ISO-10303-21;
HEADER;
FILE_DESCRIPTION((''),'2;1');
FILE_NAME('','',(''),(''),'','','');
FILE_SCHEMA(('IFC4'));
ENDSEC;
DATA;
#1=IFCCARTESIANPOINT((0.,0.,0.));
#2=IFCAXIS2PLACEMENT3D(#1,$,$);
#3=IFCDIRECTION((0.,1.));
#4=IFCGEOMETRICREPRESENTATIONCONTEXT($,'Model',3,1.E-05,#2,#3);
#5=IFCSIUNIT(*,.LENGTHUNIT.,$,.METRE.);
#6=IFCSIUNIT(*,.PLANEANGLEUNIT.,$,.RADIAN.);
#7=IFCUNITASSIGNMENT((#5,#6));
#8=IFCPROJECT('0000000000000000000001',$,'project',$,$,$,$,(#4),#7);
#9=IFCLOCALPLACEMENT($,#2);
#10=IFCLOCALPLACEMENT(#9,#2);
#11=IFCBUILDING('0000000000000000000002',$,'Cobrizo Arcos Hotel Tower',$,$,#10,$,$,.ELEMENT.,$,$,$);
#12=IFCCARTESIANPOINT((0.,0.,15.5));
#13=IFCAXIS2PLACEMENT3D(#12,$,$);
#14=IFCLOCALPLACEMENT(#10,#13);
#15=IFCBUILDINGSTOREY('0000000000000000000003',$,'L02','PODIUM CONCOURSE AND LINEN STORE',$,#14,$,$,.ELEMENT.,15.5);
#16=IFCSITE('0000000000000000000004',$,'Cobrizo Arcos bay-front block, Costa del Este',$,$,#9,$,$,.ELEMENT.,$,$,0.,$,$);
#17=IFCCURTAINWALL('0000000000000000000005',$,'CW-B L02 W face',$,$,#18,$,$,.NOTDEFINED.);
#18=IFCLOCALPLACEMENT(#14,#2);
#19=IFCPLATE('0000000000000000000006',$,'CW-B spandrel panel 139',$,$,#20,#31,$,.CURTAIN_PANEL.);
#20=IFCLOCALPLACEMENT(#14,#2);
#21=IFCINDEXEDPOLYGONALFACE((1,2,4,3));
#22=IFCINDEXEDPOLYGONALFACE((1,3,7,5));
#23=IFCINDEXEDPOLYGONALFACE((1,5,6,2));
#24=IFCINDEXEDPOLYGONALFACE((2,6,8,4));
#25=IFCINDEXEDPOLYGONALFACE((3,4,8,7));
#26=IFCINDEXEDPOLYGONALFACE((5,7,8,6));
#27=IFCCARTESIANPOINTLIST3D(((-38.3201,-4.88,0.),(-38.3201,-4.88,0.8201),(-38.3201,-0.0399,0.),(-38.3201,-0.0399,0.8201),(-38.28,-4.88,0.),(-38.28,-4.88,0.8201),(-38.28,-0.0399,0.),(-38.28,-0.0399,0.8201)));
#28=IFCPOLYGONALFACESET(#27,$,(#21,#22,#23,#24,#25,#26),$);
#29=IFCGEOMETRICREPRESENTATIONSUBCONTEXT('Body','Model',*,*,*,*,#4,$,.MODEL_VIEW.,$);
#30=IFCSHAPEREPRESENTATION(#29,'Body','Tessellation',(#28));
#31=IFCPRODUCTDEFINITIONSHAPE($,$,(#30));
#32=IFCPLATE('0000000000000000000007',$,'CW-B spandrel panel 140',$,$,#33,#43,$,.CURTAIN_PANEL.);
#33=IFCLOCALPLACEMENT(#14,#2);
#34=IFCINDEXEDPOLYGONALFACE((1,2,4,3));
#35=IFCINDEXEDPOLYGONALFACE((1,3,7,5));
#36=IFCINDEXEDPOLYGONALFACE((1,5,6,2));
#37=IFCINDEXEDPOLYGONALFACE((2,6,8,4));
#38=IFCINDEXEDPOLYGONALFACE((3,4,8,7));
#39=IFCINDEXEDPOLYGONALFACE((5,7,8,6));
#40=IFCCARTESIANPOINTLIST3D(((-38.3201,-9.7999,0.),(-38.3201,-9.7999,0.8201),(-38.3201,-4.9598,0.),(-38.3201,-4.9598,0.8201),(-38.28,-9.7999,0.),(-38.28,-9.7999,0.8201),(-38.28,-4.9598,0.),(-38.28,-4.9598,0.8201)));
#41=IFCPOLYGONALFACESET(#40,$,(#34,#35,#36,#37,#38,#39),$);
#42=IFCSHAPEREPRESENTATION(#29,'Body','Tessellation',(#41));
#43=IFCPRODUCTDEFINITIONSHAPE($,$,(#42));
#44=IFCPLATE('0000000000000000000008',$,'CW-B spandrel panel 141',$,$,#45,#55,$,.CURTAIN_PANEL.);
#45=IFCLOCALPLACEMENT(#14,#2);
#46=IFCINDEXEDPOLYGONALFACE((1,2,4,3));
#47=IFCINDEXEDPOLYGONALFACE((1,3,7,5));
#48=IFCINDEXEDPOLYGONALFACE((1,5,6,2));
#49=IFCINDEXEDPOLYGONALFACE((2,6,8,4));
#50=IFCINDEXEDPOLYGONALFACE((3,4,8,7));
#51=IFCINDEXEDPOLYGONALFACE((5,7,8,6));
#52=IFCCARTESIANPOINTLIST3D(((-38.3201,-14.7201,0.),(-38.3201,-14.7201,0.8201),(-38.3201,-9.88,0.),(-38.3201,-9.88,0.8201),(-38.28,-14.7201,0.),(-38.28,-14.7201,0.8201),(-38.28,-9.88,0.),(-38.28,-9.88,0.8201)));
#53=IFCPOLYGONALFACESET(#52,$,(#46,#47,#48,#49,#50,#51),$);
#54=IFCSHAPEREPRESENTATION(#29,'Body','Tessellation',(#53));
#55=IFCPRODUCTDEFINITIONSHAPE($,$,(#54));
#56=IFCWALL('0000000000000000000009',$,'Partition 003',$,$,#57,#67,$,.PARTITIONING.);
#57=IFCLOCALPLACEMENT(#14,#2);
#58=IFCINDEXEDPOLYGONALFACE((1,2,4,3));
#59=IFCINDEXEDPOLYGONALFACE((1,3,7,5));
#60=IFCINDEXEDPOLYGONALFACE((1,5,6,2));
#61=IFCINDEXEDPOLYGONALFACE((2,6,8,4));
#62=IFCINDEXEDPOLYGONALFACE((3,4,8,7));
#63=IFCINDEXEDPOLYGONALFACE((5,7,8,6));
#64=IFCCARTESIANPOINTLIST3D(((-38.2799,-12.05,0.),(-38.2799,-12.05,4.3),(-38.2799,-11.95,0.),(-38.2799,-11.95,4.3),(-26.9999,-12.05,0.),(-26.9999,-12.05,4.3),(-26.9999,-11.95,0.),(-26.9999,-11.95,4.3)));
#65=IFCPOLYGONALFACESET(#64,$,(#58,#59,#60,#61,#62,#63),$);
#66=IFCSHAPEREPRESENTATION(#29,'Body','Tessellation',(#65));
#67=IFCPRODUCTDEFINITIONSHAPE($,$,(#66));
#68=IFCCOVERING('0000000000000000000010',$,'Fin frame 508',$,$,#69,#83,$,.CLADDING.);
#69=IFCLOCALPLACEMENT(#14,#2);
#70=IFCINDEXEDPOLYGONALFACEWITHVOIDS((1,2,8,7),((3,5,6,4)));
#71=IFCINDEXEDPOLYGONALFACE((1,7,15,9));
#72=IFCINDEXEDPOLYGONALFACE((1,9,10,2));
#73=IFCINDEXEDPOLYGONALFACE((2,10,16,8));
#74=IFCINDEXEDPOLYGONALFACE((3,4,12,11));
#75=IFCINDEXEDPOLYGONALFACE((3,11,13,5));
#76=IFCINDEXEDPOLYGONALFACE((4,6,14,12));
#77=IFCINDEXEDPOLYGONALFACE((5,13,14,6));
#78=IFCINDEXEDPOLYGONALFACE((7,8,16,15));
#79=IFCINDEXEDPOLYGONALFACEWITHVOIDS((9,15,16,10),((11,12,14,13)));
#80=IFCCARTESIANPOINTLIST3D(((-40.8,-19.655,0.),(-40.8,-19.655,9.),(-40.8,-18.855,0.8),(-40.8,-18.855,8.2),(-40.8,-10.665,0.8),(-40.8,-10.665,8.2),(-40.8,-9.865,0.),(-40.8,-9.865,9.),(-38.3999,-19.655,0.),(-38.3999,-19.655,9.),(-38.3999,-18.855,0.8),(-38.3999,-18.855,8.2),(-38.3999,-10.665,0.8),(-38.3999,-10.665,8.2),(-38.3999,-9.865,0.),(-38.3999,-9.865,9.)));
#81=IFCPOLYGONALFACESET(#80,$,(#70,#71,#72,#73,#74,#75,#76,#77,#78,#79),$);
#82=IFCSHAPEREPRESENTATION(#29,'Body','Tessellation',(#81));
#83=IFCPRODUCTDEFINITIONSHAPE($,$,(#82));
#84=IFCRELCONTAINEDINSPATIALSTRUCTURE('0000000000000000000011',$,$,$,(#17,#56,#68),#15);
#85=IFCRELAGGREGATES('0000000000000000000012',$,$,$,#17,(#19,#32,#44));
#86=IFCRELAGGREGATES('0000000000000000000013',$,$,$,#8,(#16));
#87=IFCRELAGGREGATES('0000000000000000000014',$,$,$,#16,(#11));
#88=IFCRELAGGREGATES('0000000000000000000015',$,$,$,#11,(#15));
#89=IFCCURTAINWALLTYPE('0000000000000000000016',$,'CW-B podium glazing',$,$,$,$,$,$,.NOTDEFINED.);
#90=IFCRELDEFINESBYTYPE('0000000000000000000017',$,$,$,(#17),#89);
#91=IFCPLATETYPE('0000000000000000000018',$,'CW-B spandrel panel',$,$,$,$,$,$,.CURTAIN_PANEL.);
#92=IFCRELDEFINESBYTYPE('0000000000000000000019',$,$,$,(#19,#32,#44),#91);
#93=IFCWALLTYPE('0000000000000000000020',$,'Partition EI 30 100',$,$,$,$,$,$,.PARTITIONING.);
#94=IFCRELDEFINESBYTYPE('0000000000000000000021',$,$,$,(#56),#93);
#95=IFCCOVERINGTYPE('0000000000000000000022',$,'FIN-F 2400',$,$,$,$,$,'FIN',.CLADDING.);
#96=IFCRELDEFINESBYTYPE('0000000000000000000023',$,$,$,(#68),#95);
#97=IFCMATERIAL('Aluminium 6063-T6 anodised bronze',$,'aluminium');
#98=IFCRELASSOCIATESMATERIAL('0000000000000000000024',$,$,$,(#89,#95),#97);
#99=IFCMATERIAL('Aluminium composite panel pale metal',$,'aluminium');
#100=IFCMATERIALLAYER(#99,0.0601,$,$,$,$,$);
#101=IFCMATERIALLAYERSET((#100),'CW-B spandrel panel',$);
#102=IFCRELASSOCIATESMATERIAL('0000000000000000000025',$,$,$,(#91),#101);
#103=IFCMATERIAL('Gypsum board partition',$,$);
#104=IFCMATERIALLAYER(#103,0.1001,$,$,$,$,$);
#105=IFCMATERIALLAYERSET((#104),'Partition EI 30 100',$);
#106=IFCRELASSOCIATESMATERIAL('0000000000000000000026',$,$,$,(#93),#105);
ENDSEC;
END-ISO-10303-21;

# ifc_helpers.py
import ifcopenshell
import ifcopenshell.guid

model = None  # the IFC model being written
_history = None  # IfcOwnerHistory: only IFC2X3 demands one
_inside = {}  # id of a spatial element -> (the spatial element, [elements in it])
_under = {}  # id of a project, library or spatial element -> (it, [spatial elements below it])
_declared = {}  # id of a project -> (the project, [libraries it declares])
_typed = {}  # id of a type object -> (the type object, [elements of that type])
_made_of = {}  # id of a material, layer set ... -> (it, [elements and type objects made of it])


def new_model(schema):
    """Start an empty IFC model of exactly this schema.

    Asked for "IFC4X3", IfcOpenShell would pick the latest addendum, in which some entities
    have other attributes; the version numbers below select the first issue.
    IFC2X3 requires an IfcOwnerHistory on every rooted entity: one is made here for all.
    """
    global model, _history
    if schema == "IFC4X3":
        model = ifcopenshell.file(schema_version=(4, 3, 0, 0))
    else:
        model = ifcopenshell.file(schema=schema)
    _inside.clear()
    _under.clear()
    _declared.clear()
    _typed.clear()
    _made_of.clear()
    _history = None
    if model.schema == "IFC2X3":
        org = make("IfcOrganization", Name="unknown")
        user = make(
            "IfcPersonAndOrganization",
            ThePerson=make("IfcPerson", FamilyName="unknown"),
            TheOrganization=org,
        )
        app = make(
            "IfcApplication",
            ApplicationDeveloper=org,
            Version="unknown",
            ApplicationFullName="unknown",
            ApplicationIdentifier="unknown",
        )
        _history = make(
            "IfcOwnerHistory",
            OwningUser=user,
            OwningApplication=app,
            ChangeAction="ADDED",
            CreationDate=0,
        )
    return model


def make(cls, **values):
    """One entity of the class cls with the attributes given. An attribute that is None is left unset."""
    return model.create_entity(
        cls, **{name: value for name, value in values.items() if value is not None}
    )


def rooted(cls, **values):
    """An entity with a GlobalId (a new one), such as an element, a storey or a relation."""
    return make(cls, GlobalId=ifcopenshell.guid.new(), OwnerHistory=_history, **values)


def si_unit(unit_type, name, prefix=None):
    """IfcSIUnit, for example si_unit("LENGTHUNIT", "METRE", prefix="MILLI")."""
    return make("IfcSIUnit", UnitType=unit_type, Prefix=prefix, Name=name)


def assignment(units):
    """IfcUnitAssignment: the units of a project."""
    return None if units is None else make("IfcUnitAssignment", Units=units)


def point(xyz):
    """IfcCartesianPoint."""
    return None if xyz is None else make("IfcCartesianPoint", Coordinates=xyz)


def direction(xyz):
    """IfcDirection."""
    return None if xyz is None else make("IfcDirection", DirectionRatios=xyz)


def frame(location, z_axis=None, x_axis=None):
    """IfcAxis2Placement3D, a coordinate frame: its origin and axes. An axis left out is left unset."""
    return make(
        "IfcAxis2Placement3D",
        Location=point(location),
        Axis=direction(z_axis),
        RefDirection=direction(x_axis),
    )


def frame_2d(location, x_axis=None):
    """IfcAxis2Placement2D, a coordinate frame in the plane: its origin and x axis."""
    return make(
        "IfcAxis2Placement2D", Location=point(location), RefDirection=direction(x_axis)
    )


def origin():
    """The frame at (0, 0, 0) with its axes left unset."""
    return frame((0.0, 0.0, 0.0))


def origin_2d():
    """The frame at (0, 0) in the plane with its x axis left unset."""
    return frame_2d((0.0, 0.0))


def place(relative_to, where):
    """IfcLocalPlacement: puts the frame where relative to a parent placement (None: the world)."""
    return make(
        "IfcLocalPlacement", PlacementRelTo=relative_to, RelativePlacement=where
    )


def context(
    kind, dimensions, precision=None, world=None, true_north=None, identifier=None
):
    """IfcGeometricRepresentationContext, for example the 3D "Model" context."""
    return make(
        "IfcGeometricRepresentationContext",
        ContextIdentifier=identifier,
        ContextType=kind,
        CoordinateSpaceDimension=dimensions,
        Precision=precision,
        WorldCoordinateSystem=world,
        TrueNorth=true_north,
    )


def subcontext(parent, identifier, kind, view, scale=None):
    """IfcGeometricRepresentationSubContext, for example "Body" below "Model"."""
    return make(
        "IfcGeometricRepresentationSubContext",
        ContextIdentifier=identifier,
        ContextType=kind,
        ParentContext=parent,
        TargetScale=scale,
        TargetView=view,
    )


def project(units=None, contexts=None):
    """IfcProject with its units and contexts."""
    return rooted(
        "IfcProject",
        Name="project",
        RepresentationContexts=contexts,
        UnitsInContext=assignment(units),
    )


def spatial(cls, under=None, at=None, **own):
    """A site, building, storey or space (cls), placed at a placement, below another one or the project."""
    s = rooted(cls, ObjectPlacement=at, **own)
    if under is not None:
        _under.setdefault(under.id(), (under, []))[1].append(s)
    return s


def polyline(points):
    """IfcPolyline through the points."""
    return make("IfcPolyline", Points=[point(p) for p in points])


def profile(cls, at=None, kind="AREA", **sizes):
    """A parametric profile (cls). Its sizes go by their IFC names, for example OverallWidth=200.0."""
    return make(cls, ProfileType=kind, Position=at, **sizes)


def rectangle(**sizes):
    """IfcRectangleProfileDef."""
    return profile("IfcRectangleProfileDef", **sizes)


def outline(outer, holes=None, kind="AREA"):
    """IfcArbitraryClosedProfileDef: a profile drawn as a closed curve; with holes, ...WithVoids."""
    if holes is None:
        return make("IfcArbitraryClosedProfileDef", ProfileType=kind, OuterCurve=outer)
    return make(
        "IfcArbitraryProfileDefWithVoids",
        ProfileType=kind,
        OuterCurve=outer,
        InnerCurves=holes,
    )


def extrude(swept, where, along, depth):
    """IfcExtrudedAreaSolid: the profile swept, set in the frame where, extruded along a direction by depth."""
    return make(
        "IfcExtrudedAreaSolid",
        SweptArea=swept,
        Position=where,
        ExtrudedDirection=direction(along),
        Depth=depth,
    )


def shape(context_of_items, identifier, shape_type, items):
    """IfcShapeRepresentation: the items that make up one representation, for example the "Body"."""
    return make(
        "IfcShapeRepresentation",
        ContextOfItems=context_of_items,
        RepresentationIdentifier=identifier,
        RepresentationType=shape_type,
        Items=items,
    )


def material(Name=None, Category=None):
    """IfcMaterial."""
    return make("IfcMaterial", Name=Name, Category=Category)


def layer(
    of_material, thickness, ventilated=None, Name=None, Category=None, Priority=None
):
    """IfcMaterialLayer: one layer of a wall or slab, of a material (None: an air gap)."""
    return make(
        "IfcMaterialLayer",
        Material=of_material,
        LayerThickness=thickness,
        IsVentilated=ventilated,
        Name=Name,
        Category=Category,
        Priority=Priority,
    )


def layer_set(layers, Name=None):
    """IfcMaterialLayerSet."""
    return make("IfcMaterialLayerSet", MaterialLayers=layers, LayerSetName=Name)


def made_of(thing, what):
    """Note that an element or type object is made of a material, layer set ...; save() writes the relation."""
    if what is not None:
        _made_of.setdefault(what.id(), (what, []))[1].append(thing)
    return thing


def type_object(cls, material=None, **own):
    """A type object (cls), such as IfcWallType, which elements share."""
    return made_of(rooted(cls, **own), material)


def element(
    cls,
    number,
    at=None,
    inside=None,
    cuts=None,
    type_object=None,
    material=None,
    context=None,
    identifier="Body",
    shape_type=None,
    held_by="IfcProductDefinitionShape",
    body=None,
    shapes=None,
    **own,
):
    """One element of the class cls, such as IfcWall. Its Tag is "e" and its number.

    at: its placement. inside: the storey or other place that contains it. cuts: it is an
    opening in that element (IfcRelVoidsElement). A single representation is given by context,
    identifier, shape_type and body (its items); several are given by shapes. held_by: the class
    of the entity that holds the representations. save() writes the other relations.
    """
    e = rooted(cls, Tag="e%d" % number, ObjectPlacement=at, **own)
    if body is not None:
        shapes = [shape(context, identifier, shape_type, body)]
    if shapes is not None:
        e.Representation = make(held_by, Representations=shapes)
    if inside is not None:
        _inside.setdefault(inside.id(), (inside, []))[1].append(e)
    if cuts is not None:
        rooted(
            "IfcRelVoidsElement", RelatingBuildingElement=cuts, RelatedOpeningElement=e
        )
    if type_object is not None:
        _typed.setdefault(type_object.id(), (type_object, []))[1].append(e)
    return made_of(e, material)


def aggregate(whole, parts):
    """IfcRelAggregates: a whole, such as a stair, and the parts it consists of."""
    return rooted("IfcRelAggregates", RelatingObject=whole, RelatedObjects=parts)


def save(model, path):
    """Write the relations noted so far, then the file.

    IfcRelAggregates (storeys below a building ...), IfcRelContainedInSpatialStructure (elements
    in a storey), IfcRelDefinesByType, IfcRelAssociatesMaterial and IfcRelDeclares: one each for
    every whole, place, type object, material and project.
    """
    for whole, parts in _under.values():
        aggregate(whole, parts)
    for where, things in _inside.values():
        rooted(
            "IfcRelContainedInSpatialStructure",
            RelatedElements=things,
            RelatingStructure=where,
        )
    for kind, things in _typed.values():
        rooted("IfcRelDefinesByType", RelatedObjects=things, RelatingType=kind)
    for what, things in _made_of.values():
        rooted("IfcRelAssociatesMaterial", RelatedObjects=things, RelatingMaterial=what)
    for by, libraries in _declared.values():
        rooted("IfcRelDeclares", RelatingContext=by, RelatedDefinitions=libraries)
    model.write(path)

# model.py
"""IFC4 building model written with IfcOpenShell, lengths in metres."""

from ifc_helpers import new_model, si_unit, direction, frame, frame_2d, origin, origin_2d, place, context, subcontext, project, spatial, polyline, rectangle, outline, extrude, material, layer, layer_set, type_object, element, aggregate, save


model = new_model("IFC4")

# Units and contexts
model_context = context("Model", 3, precision=1e-05, world=origin(), true_north=direction((0.0, 1.0)))
body_context = subcontext(model_context, "Body", "Model", "MODEL_VIEW")
ifc_project = project(units=[si_unit("LENGTHUNIT", "METRE"), si_unit("PLANEANGLEUNIT", "RADIAN")], contexts=[model_context])

# Site, building, storey
site_placement = place(None, origin())
site = spatial("IfcSite", under=ifc_project, at=site_placement, Name="Cobrizo Arcos bay-front block, Costa del Este", CompositionType="ELEMENT", RefElevation=0.0)
building_placement = place(site_placement, origin())
building = spatial("IfcBuilding", under=site, at=building_placement, Name="Cobrizo Arcos Hotel Tower", CompositionType="ELEMENT")
storey_placement = place(building_placement, frame((0.0, 0.0, 15.5)))
storey = spatial("IfcBuildingStorey", under=building, at=storey_placement, Name="L02", Description="PODIUM CONCOURSE AND LINEN STORE", CompositionType="ELEMENT", Elevation=15.5)

# Curtain wall
ifc_material_1 = material(Name="Aluminium 6063-T6 anodised bronze", Category="aluminium")
curtain_wall_type = type_object("IfcCurtainWallType", Name="CW-B podium glazing", PredefinedType="NOTDEFINED", material=ifc_material_1)
curtain_wall_placement = place(storey_placement, origin())
curtain_wall = element("IfcCurtainWall", 1, at=curtain_wall_placement, inside=storey, type_object=curtain_wall_type, Name="CW-B L02 W face", PredefinedType="NOTDEFINED")

# Plates
ifc_material_2 = material(Name="Aluminium composite panel pale metal", Category="aluminium")
ifc_layer_1 = layer(ifc_material_2, 0.0601)
ifc_layer_set_1 = layer_set([ifc_layer_1], Name="CW-B spandrel panel")
plate_type_1 = type_object("IfcPlateType", Name="CW-B spandrel panel", PredefinedType="CURTAIN_PANEL", material=ifc_layer_set_1)
plate_1_placement = place(storey_placement, frame((-38.3, -2.46, 0.0), z_axis=(0.0, 0.0, 1.0), x_axis=(0.0, -1.0, 0.0)))
plate_1 = element("IfcPlate", 2, at=plate_1_placement, type_object=plate_type_1, Name="CW-B spandrel panel 139", PredefinedType="CURTAIN_PANEL", context=body_context, shape_type="SweptSolid", body=[
    extrude(rectangle(XDim=4.8401, YDim=0.04, at=origin_2d()), origin(), (0.0, 0.0, 1.0), 0.8201),
])
plate_2_placement = place(storey_placement, frame((-38.3, -7.3799, 0.0), z_axis=(0.0, 0.0, 1.0), x_axis=(0.0, -1.0, 0.0)))
plate_2 = element("IfcPlate", 3, at=plate_2_placement, type_object=plate_type_1, Name="CW-B spandrel panel 140", PredefinedType="CURTAIN_PANEL", context=body_context, shape_type="SweptSolid", body=[
    extrude(rectangle(XDim=4.8401, YDim=0.04, at=origin_2d()), origin(), (0.0, 0.0, 1.0), 0.8201),
])
plate_3_placement = place(storey_placement, frame((-38.3, -12.3, 0.0), z_axis=(0.0, 0.0, 1.0), x_axis=(0.0, -1.0, 0.0)))
plate_3 = element("IfcPlate", 4, at=plate_3_placement, type_object=plate_type_1, Name="CW-B spandrel panel 141", PredefinedType="CURTAIN_PANEL", context=body_context, shape_type="SweptSolid", body=[
    extrude(rectangle(XDim=4.8401, YDim=0.04, at=origin_2d()), origin(), (0.0, 0.0, 1.0), 0.8201),
])
aggregate(curtain_wall, [plate_1, plate_2, plate_3])

# Wall
ifc_material_3 = material(Name="Gypsum board partition")
ifc_layer_2 = layer(ifc_material_3, 0.1001)
ifc_layer_set_2 = layer_set([ifc_layer_2], Name="Partition EI 30 100")
wall_type = type_object("IfcWallType", Name="Partition EI 30 100", PredefinedType="PARTITIONING", material=ifc_layer_set_2)
wall_placement = place(storey_placement, frame((-38.28, -12.0, 0.0), z_axis=(0.0, 0.0, 1.0), x_axis=(1.0, 0.0, 0.0)))
element("IfcWall", 5, at=wall_placement, inside=storey, type_object=wall_type, Name="Partition 003", PredefinedType="PARTITIONING", context=body_context, shape_type="SweptSolid", body=[
    extrude(rectangle(XDim=11.28, YDim=0.1001, at=frame_2d((5.6401, 0.0))), origin(), (0.0, 0.0, 1.0), 4.3),
])

# Covering
covering_type = type_object("IfcCoveringType", Name="FIN-F 2400", ElementType="FIN", PredefinedType="CLADDING", material=ifc_material_1)
covering_placement = place(storey_placement, frame((-38.3999, -9.865, 0.0), z_axis=(-1.0, 0.0, 0.0), x_axis=(0.0, -1.0, 0.0)))
element("IfcCovering", 6, at=covering_placement, inside=storey, type_object=covering_type, Name="Fin frame 508", PredefinedType="CLADDING", context=body_context, shape_type="SweptSolid", body=[
    extrude(outline(polyline([(0.0, 9.0), (0.0, 0.0), (9.79, 0.0), (9.79, 9.0), (0.0, 9.0)]), holes=[polyline([(8.99, 0.8), (0.8, 0.8), (0.8, 8.2), (8.99, 8.2), (8.99, 0.8)])]), origin(), (0.0, 0.0, 1.0), 2.4001),
])

save(model, "model.ifc")
